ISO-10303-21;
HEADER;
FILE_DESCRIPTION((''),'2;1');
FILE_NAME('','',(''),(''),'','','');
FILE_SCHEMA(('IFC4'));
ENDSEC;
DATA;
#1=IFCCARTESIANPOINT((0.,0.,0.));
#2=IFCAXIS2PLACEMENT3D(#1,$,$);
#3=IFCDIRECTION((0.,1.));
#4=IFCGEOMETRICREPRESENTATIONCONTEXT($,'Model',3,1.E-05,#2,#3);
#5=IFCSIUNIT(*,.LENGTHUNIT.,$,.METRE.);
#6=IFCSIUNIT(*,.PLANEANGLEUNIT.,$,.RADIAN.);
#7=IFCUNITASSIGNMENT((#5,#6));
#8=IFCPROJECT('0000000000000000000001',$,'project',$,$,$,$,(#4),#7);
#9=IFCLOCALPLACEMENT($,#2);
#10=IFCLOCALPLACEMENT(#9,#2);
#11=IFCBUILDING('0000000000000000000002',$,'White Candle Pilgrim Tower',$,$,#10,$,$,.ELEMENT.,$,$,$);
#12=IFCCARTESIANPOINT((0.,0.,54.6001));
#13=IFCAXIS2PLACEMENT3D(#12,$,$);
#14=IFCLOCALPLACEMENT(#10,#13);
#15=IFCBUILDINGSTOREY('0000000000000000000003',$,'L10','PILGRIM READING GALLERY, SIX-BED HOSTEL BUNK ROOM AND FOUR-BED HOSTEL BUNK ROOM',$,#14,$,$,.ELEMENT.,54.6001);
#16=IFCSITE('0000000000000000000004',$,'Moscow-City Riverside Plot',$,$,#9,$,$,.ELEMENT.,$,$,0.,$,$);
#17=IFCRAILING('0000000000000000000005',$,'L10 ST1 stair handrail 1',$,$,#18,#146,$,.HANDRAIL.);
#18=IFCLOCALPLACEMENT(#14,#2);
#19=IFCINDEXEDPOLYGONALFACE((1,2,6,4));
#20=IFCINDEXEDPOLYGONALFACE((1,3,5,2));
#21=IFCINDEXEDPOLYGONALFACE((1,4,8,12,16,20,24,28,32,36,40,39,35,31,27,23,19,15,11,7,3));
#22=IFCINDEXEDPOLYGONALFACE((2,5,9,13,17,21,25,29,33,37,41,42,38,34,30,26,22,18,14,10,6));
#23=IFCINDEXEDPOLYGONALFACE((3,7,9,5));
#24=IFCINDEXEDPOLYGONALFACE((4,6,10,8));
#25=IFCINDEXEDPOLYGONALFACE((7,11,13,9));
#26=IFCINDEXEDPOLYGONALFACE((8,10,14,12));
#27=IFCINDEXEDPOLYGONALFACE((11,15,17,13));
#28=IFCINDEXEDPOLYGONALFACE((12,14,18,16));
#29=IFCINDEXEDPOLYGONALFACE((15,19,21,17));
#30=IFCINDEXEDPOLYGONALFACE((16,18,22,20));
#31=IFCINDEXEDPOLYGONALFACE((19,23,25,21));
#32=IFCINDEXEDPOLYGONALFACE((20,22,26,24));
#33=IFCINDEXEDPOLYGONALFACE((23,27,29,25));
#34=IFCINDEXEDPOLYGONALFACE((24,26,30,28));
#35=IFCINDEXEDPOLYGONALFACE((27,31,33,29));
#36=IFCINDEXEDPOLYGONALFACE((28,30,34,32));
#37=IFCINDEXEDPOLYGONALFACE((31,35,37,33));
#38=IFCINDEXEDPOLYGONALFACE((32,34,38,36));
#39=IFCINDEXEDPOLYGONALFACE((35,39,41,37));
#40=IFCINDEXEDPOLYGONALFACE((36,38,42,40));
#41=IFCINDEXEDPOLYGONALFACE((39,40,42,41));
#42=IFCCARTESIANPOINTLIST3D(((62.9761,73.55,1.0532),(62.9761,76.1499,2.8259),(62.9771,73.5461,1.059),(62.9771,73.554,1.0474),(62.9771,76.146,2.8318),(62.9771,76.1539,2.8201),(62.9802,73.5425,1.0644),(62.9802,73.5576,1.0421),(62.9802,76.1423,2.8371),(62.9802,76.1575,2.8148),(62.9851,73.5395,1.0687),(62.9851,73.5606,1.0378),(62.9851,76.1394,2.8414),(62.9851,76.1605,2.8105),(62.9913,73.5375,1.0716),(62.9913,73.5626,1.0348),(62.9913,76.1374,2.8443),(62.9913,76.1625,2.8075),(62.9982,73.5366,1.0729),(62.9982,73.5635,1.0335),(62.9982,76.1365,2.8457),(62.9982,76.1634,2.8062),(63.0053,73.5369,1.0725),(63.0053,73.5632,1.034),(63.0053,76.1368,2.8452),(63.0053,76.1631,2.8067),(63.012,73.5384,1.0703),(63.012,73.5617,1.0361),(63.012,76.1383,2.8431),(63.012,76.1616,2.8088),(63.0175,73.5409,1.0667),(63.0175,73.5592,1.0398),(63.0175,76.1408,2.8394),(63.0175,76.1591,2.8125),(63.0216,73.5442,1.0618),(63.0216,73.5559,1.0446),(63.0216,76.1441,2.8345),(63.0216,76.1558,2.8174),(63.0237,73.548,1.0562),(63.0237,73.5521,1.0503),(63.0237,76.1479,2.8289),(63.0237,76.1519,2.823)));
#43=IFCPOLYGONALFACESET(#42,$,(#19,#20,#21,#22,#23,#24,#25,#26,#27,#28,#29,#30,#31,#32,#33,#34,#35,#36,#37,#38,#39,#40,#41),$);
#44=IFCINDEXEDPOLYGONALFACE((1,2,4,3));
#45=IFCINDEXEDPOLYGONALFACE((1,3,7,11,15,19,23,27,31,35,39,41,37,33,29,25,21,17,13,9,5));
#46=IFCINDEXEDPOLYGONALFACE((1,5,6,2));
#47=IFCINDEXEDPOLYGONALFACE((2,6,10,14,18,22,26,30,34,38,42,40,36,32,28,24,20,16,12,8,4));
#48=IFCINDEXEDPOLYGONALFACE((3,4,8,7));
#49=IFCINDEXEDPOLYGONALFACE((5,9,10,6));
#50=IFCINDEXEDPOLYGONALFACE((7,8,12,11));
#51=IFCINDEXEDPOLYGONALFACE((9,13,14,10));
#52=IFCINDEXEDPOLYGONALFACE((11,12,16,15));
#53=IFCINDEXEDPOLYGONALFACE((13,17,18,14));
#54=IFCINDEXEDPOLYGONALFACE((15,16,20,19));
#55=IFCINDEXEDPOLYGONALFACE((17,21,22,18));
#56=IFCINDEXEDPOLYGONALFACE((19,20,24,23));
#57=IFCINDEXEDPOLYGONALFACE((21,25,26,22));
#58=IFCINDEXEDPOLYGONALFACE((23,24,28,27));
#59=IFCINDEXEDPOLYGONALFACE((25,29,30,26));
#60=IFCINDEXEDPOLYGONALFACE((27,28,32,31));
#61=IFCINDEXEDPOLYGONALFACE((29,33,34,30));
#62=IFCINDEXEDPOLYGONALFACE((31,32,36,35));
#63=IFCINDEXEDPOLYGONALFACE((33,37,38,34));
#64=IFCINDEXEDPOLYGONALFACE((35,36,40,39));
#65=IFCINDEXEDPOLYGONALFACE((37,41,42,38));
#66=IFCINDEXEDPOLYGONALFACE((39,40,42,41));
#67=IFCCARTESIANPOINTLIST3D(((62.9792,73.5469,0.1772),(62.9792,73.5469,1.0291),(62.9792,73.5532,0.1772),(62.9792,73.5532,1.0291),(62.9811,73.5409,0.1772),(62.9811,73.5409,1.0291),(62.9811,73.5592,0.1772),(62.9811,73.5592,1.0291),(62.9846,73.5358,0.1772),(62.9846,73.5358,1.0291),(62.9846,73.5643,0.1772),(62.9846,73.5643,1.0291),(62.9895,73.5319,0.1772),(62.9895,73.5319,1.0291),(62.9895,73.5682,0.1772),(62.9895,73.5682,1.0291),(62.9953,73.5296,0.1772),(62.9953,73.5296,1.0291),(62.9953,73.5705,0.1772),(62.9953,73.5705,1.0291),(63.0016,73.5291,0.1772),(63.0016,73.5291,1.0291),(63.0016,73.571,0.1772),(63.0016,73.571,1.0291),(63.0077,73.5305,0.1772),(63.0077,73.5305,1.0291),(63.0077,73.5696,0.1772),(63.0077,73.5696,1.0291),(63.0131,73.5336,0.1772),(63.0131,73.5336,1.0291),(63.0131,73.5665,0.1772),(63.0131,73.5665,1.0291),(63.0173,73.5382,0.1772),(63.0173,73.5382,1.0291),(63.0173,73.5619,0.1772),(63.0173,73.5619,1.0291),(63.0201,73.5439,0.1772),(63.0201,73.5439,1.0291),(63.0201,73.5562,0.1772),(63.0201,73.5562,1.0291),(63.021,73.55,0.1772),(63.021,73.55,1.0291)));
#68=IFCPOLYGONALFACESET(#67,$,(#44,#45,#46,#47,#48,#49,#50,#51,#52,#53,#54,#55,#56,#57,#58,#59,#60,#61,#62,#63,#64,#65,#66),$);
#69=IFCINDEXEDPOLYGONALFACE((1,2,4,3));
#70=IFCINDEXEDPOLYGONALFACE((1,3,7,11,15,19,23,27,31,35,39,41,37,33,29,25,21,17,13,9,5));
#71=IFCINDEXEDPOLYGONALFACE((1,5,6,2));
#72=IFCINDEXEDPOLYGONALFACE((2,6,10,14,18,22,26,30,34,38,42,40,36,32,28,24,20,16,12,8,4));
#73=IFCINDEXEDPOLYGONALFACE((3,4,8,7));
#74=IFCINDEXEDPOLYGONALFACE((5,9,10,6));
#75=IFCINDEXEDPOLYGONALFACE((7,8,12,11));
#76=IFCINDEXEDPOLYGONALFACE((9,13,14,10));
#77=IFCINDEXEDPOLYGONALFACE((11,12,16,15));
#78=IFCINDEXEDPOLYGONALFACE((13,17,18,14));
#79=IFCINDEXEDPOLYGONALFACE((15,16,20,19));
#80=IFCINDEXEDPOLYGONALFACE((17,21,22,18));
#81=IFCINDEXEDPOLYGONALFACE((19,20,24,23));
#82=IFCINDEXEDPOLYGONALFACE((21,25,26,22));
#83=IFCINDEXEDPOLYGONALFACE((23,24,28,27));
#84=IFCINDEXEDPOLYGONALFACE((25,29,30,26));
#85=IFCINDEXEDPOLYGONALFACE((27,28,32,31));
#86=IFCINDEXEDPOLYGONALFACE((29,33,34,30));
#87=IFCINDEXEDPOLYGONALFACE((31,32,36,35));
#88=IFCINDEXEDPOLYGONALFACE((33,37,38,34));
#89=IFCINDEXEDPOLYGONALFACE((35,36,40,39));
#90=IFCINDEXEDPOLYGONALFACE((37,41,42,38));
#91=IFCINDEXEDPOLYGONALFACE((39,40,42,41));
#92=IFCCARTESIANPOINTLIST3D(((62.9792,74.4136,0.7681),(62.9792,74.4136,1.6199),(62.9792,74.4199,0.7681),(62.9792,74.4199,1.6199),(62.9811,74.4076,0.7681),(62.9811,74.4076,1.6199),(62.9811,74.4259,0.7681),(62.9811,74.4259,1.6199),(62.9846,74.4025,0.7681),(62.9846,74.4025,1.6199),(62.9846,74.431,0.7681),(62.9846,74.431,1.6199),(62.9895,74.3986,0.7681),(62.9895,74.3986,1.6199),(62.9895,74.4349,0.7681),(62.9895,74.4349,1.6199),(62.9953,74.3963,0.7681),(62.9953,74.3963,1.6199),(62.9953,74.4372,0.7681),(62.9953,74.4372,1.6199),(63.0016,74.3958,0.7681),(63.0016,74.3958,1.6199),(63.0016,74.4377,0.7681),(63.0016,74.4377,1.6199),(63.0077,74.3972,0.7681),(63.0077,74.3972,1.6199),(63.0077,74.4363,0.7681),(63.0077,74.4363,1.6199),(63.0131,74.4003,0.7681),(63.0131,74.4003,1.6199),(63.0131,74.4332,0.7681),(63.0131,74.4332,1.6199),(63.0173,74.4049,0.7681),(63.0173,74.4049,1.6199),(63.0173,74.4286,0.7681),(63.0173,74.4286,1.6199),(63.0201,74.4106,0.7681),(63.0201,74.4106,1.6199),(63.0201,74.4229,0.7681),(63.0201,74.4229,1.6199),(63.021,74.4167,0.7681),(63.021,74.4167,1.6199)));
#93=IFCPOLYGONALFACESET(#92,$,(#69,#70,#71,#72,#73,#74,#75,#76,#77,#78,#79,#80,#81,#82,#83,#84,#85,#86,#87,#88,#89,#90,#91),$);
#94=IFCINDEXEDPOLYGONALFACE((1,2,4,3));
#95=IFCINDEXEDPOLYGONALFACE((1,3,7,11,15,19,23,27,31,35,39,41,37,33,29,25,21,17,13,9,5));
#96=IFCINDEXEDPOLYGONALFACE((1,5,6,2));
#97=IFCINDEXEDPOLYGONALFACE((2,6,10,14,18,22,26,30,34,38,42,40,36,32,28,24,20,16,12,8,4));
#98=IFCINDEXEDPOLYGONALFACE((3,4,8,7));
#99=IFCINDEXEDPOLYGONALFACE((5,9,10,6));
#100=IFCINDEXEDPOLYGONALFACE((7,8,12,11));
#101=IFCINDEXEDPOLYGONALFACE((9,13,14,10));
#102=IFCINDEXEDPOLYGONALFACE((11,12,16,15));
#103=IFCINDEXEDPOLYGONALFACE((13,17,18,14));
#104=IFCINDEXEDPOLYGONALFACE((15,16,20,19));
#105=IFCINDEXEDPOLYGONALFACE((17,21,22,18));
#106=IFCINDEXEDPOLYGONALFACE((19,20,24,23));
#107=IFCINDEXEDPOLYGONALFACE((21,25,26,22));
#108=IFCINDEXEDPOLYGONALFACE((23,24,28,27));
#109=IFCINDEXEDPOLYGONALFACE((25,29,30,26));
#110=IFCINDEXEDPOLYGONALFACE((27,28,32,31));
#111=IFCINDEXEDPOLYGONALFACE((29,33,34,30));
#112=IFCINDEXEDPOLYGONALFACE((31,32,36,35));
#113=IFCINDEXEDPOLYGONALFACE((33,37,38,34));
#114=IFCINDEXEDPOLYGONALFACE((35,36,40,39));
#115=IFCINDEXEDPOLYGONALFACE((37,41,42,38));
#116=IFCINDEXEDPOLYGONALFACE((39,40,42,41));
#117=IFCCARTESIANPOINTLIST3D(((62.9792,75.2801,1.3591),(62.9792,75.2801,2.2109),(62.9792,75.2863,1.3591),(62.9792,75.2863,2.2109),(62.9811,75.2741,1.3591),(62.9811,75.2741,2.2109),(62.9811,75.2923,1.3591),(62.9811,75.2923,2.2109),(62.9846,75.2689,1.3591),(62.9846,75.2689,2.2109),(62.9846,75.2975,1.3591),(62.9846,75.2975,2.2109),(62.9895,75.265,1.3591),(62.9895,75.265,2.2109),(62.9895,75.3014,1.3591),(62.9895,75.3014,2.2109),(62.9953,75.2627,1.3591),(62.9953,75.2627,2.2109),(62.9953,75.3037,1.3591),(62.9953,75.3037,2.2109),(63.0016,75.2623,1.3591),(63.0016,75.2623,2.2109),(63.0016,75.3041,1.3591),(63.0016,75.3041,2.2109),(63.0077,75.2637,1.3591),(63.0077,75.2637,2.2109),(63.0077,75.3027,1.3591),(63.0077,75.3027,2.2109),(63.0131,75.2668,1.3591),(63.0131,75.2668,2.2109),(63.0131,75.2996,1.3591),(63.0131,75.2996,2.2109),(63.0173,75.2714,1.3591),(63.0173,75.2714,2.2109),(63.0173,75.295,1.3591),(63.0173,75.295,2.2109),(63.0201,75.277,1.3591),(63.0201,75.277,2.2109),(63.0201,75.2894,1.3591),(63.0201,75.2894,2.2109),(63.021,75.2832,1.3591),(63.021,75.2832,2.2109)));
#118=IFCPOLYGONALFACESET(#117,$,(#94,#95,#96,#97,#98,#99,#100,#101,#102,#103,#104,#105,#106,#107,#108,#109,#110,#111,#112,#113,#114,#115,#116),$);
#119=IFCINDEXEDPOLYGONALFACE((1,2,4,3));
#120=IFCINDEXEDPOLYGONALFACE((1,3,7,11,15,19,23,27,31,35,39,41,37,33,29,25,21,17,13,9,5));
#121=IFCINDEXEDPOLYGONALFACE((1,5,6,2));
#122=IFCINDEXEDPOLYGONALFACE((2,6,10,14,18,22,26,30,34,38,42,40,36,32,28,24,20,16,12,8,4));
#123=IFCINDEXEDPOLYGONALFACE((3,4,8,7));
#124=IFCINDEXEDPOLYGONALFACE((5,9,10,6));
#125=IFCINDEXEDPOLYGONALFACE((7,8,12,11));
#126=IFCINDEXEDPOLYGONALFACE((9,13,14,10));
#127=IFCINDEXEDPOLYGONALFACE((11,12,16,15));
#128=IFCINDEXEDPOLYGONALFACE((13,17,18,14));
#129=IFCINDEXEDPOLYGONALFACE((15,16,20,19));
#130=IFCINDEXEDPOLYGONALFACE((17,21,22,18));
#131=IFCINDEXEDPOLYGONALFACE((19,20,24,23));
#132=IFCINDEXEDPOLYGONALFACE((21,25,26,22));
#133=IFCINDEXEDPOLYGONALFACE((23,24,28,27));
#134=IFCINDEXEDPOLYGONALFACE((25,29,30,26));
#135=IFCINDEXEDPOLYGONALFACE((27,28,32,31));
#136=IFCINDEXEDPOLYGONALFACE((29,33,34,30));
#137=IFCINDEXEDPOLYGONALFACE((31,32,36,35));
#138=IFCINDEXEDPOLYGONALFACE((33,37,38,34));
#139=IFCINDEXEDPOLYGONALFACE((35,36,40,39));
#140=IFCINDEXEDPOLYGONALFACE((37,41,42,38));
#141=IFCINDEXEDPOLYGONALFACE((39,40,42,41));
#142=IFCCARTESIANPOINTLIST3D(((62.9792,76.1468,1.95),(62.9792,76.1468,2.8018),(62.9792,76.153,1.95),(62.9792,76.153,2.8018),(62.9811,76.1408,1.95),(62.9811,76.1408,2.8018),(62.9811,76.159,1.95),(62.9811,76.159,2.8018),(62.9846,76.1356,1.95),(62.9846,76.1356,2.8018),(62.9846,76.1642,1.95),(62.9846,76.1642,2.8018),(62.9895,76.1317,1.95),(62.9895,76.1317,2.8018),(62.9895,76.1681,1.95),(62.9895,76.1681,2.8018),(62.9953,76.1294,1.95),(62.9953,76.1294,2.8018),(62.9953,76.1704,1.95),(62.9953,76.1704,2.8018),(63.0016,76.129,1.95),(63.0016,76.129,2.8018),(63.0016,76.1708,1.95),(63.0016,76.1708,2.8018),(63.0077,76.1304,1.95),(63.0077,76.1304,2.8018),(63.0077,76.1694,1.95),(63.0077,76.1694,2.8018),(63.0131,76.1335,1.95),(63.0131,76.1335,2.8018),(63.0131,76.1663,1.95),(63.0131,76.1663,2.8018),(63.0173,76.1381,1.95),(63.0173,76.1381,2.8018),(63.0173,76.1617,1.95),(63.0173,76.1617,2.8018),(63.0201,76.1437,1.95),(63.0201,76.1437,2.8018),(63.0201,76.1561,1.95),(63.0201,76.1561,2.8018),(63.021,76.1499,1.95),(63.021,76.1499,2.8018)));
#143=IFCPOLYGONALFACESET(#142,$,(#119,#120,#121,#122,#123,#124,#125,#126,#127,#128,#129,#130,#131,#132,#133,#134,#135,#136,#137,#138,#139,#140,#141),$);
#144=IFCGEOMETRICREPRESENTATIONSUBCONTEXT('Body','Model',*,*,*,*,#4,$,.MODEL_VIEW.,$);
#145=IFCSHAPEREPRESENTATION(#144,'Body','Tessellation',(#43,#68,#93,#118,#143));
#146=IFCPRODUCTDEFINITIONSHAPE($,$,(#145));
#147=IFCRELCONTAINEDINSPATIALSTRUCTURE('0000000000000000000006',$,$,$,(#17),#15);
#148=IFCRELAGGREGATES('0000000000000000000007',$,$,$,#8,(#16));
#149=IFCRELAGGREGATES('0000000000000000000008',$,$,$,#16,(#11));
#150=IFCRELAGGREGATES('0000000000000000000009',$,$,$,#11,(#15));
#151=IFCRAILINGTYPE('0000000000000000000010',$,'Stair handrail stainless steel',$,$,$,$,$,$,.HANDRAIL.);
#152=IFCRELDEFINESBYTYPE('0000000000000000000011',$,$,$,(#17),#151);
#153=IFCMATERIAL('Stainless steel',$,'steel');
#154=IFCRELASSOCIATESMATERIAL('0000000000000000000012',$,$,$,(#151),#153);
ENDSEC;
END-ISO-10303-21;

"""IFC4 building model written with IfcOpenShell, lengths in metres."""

from ifc_helpers import new_model, si_unit, direction, frame, origin, origin_2d, place, context, subcontext, project, spatial, circle, extrude, material, type_object, element, save


model = new_model("IFC4")

# Units and contexts
model_context = context("Model", 3, precision=1e-05, world=origin(), true_north=direction((0.0, 1.0)))
body_context = subcontext(model_context, "Body", "Model", "MODEL_VIEW")
ifc_project = project(units=[si_unit("LENGTHUNIT", "METRE"), si_unit("PLANEANGLEUNIT", "RADIAN")], contexts=[model_context])

# Site, building, storey
site_placement = place(None, origin())
site = spatial("IfcSite", under=ifc_project, at=site_placement, Name="Moscow-City Riverside Plot", CompositionType="ELEMENT", RefElevation=0.0)
building_placement = place(site_placement, origin())
building = spatial("IfcBuilding", under=site, at=building_placement, Name="White Candle Pilgrim Tower", CompositionType="ELEMENT")
storey_placement = place(building_placement, frame((0.0, 0.0, 54.6001)))
storey = spatial("IfcBuildingStorey", under=building, at=storey_placement, Name="L10", Description="PILGRIM READING GALLERY, SIX-BED HOSTEL BUNK ROOM AND FOUR-BED HOSTEL BUNK ROOM", CompositionType="ELEMENT", Elevation=54.6001)

# Shared definitions
ifc_material_1 = material(Name="Stainless steel", Category="steel")

# Railing
railing_type_1 = type_object("IfcRailingType", Name="Stair handrail stainless steel", PredefinedType="HANDRAIL", material=ifc_material_1)
railing_1_placement = place(storey_placement, frame((63.0, 73.55, 0.1772)))
element("IfcRailing", 1, at=railing_1_placement, inside=storey, type_object=railing_type_1, Name="L10 ST1 stair handrail 1", PredefinedType="HANDRAIL", context=body_context, shape_type="SweptSolid", body=[
    extrude(circle(Radius=0.0239, at=origin_2d()), frame((0.0, 0.0, 0.876), z_axis=(0.0, 0.826216, 0.563354), x_axis=(-1.0, 0.0, 0.0)), (0.0, 0.0, 1.0), 3.1467),
    extrude(circle(Radius=0.021, at=origin_2d()), origin(), (0.0, 0.0, 1.0), 0.8518),
    extrude(circle(Radius=0.021, at=origin_2d()), frame((0.0, 0.8667, 0.5908)), (0.0, 0.0, 1.0), 0.8518),
    extrude(circle(Radius=0.021, at=origin_2d()), frame((0.0, 1.7332, 1.1819)), (0.0, 0.0, 1.0), 0.8518),
    extrude(circle(Radius=0.021, at=origin_2d()), frame((0.0, 2.5999, 1.7727)), (0.0, 0.0, 1.0), 0.8518),
])

save(model, "model.ifc")
